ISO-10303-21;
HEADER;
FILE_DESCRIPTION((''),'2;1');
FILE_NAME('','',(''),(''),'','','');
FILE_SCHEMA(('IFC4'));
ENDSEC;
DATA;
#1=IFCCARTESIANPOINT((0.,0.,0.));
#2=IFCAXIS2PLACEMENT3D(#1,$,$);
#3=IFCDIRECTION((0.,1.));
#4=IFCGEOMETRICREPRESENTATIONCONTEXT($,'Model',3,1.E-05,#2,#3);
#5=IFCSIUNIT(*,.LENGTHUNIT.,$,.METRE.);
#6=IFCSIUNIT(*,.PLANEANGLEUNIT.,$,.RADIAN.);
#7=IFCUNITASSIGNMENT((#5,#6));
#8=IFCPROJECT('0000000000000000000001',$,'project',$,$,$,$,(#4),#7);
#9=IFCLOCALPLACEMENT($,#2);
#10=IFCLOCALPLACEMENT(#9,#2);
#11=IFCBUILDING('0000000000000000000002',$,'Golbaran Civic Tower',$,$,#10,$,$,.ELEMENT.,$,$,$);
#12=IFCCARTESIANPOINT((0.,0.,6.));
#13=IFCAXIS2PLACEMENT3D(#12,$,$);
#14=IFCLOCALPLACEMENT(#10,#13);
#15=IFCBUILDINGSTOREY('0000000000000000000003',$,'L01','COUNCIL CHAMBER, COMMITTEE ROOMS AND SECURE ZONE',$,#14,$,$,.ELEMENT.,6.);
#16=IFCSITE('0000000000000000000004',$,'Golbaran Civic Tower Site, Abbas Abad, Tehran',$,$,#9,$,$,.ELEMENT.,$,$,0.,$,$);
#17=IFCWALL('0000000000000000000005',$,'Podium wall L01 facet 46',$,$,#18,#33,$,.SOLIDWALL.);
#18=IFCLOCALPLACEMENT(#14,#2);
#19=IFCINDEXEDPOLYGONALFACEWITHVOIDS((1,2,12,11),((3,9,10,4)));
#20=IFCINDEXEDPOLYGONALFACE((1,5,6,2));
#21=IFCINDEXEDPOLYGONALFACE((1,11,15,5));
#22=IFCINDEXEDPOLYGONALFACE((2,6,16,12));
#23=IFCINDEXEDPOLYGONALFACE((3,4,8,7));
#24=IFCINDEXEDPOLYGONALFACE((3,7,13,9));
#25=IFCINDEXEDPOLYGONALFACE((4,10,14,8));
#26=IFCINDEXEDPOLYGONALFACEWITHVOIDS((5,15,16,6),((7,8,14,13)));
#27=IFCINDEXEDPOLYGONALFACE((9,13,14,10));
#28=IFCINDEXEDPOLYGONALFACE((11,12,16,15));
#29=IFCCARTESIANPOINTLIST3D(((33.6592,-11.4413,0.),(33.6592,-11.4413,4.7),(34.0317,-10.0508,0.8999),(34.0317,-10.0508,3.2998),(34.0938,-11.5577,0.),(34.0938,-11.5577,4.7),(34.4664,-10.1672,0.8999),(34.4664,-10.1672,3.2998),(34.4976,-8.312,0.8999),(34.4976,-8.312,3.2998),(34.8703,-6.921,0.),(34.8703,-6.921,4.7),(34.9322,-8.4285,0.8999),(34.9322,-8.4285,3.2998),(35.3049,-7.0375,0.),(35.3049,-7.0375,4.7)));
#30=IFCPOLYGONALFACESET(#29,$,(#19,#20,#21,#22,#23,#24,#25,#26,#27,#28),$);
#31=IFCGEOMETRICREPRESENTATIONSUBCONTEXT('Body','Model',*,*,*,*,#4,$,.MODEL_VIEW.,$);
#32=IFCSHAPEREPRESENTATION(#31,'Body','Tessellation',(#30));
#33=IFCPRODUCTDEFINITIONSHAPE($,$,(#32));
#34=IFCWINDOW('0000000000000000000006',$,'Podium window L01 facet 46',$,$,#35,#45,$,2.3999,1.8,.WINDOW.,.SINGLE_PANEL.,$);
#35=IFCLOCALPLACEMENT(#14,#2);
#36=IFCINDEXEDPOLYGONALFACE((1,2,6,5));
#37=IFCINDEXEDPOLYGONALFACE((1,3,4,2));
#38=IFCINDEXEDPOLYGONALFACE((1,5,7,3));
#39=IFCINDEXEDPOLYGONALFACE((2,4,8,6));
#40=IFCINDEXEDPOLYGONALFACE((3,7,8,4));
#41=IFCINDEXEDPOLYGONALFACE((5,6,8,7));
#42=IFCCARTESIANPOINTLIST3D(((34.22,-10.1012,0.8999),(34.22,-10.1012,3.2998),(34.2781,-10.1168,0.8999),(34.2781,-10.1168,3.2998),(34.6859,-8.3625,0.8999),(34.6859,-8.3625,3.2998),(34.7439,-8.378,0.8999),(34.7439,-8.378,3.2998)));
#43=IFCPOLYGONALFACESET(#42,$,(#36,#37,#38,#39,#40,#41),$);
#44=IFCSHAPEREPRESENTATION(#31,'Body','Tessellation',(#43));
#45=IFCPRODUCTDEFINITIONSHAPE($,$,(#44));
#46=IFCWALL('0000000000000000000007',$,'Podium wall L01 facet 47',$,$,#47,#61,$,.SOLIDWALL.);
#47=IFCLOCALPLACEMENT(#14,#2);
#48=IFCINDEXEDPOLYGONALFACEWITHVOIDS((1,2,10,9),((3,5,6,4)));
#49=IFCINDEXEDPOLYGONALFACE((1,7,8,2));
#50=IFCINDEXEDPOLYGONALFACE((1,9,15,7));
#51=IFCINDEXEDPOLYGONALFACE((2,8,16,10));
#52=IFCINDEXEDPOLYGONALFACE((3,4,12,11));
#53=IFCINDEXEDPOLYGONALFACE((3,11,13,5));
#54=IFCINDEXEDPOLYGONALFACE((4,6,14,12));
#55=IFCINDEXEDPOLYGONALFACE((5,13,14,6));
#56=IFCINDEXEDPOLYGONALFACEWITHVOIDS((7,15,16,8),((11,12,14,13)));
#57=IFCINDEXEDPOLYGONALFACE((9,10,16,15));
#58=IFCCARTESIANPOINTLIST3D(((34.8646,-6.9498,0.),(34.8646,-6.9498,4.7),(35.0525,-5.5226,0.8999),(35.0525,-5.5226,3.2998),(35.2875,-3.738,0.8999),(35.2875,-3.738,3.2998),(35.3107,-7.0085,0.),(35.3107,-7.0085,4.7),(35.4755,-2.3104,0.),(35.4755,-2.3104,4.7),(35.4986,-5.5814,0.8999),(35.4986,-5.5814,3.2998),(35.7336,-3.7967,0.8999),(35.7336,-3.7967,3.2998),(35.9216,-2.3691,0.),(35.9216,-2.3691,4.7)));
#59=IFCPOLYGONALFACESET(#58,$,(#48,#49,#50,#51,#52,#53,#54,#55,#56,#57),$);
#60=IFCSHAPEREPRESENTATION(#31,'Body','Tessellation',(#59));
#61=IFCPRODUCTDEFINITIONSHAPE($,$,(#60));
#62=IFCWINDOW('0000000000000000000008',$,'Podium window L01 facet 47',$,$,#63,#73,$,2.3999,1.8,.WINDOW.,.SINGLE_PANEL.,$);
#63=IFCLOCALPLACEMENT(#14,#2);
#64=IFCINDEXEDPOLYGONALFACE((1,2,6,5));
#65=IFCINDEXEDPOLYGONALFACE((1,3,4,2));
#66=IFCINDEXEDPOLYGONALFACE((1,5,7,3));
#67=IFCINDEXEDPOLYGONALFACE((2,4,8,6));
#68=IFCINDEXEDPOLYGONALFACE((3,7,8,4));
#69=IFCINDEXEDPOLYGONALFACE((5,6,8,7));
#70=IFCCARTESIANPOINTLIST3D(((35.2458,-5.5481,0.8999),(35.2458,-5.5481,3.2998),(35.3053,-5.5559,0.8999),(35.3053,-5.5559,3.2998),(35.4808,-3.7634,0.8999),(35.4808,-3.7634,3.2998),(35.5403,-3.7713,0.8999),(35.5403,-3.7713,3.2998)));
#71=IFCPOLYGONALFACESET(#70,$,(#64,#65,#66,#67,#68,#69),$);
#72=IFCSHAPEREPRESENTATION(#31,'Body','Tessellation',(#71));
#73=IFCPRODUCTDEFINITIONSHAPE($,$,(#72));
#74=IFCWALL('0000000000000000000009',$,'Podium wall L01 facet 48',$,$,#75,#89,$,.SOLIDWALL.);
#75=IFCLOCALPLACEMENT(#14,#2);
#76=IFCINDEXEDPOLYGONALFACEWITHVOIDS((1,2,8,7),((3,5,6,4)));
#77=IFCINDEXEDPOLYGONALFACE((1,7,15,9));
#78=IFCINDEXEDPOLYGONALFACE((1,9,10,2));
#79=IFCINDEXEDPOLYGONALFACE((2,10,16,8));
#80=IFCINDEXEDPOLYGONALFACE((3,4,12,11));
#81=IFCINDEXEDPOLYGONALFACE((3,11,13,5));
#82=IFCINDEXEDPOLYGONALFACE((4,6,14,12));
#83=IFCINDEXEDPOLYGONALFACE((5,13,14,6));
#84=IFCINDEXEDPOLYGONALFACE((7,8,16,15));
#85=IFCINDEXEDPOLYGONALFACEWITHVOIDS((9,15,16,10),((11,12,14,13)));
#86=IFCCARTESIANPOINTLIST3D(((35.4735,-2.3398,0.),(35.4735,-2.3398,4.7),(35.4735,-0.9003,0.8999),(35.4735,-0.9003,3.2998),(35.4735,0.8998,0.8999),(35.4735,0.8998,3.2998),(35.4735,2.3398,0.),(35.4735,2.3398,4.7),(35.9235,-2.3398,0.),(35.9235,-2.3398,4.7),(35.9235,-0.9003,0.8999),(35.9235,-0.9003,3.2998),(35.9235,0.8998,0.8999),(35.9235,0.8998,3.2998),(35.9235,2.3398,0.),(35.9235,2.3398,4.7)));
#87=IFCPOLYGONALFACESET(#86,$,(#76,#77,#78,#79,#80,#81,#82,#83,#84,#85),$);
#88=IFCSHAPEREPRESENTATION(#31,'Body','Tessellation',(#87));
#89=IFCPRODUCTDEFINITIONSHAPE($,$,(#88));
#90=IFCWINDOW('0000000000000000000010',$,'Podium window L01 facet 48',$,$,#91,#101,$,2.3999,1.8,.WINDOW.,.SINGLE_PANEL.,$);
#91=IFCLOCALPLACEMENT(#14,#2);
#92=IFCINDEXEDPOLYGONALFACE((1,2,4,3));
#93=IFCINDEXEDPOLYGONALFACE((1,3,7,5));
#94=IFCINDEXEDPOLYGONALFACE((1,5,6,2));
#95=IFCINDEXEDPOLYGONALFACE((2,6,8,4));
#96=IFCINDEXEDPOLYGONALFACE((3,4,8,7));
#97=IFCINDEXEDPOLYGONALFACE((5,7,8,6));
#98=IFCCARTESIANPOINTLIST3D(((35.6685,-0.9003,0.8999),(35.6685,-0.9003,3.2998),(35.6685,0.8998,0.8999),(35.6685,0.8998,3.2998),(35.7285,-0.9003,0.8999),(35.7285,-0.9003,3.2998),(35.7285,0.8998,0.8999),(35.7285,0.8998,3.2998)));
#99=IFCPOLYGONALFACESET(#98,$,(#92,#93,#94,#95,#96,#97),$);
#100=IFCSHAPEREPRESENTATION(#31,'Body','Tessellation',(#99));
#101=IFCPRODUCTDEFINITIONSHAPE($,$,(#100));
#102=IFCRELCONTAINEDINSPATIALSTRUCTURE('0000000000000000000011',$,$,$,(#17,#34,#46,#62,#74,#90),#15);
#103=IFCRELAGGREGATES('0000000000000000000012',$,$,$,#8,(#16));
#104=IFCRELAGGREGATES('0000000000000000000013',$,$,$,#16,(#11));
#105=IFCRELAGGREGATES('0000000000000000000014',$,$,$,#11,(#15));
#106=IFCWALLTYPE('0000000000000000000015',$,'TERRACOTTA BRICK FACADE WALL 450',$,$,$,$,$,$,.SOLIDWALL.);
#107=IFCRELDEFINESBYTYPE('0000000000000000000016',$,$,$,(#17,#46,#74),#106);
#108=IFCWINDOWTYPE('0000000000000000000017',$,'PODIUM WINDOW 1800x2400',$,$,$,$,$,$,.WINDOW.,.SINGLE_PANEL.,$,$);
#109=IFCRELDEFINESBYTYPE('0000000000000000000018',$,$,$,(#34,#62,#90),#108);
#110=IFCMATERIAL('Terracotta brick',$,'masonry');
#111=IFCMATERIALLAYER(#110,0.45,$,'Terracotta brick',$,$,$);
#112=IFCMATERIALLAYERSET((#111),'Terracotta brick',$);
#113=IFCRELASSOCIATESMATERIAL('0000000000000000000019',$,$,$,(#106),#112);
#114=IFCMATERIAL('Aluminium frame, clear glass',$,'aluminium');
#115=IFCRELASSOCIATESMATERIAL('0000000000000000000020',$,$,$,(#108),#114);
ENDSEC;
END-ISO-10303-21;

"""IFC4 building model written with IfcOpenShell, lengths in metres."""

from ifc_helpers import new_model, si_unit, direction, frame, frame_2d, origin, place, context, subcontext, project, spatial, rectangle, extrude, material, layer, layer_set, type_object, element, fill, save


model = new_model("IFC4")

# Units and contexts
model_context = context("Model", 3, precision=1e-05, world=origin(), true_north=direction((0.0, 1.0)))
body_context = subcontext(model_context, "Body", "Model", "MODEL_VIEW")
ifc_project = project(units=[si_unit("LENGTHUNIT", "METRE"), si_unit("PLANEANGLEUNIT", "RADIAN")], contexts=[model_context])

# Site, building, storey
site_placement = place(None, origin())
site = spatial("IfcSite", under=ifc_project, at=site_placement, Name="Golbaran Civic Tower Site, Abbas Abad, Tehran", CompositionType="ELEMENT", RefElevation=0.0)
building_placement = place(site_placement, origin())
building = spatial("IfcBuilding", under=site, at=building_placement, Name="Golbaran Civic Tower", CompositionType="ELEMENT")
storey_placement = place(building_placement, frame((0.0, 0.0, 6.0)))
storey = spatial("IfcBuildingStorey", under=building, at=storey_placement, Name="L01", Description="COUNCIL CHAMBER, COMMITTEE ROOMS AND SECURE ZONE", CompositionType="ELEMENT", Elevation=6.0)

# Walls, openings, windows
ifc_material_1 = material(Name="Terracotta brick", Category="masonry")
ifc_layer_1 = layer(ifc_material_1, 0.45, Name="Terracotta brick")
ifc_layer_set_1 = layer_set([ifc_layer_1], Name="Terracotta brick")
wall_type_1 = type_object("IfcWallType", Name="TERRACOTTA BRICK FACADE WALL 450", PredefinedType="SOLIDWALL", material=ifc_layer_set_1)
ifc_material_2 = material(Name="Aluminium frame, clear glass", Category="aluminium")
window_type = type_object("IfcWindowType", Name="PODIUM WINDOW 1800x2400", PartitioningType="SINGLE_PANEL", PredefinedType="WINDOW", material=ifc_material_2)
wall_1_placement = place(storey_placement, frame((33.8765, -11.4995, 0.0), z_axis=(0.0, 0.0, 1.0), x_axis=(0.258815, 0.965927, 0.0)))
wall_1 = element("IfcWall", 1, at=wall_1_placement, inside=storey, type_object=wall_type_1, Name="Podium wall L01 facet 46", PredefinedType="SOLIDWALL", context=body_context, shape_type="SweptSolid", body=[
    extrude(rectangle(XDim=4.6797, YDim=0.45, at=frame_2d((2.3398, 0.0))), origin(), (0.0, 0.0, 1.0), 4.7),
])
opening_1_placement = place(wall_1_placement, frame((1.4397, 0.0, 0.8999)))
opening_1 = element("IfcOpeningElement", 2, at=opening_1_placement, cuts=wall_1, PredefinedType="OPENING", context=body_context, shape_type="SweptSolid", body=[
    extrude(rectangle(XDim=1.8, YDim=2.3999, at=frame_2d((0.8999, 1.2))), frame((0.0, 0.2349, 0.0), z_axis=(0.0, -1.0, 0.0), x_axis=(1.0, 0.0, 0.0)), (0.0, 0.0, 1.0), 0.47),
])
window_1_placement = place(opening_1_placement, origin())
window_1 = element("IfcWindow", 3, at=window_1_placement, inside=storey, type_object=window_type, Name="Podium window L01 facet 46", OverallHeight=2.3999, OverallWidth=1.8, PartitioningType="SINGLE_PANEL", PredefinedType="WINDOW", context=body_context, shape_type="SweptSolid", body=[
    extrude(rectangle(XDim=1.8, YDim=2.3999, at=frame_2d((0.8999, 1.2))), frame((0.0, 0.03, 0.0), z_axis=(0.0, -1.0, 0.0), x_axis=(1.0, 0.0, 0.0)), (0.0, 0.0, 1.0), 0.0601),
])
fill(opening_1, window_1)
wall_2_placement = place(storey_placement, frame((35.0876, -6.9792, 0.0), z_axis=(0.0, 0.0, 1.0), x_axis=(0.130537, 0.991443, 0.0)))
wall_2 = element("IfcWall", 4, at=wall_2_placement, inside=storey, type_object=wall_type_1, Name="Podium wall L01 facet 47", PredefinedType="SOLIDWALL", context=body_context, shape_type="SweptSolid", body=[
    extrude(rectangle(XDim=4.6794, YDim=0.45, at=frame_2d((2.3398, 0.0))), origin(), (0.0, 0.0, 1.0), 4.7),
])
opening_2_placement = place(wall_2_placement, frame((1.4397, 0.0, 0.8999)))
opening_2 = element("IfcOpeningElement", 5, at=opening_2_placement, cuts=wall_2, PredefinedType="OPENING", context=body_context, shape_type="SweptSolid", body=[
    extrude(rectangle(XDim=1.8, YDim=2.3999, at=frame_2d((0.8999, 1.2))), frame((0.0, 0.2349, 0.0), z_axis=(0.0, -1.0, 0.0), x_axis=(1.0, 0.0, 0.0)), (0.0, 0.0, 1.0), 0.47),
])
window_2_placement = place(opening_2_placement, origin())
window_2 = element("IfcWindow", 6, at=window_2_placement, inside=storey, type_object=window_type, Name="Podium window L01 facet 47", OverallHeight=2.3999, OverallWidth=1.8, PartitioningType="SINGLE_PANEL", PredefinedType="WINDOW", context=body_context, shape_type="SweptSolid", body=[
    extrude(rectangle(XDim=1.8, YDim=2.3999, at=frame_2d((0.8999, 1.2))), frame((0.0, 0.03, 0.0), z_axis=(0.0, -1.0, 0.0), x_axis=(1.0, 0.0, 0.0)), (0.0, 0.0, 1.0), 0.0601),
])
fill(opening_2, window_2)
wall_3_placement = place(storey_placement, frame((35.6985, -2.3398, 0.0), z_axis=(0.0, 0.0, 1.0), x_axis=(0.0, 1.0, 0.0)))
wall_3 = element("IfcWall", 7, at=wall_3_placement, inside=storey, type_object=wall_type_1, Name="Podium wall L01 facet 48", PredefinedType="SOLIDWALL", context=body_context, shape_type="SweptSolid", body=[
    extrude(rectangle(XDim=4.6797, YDim=0.45, at=frame_2d((2.3398, 0.0))), origin(), (0.0, 0.0, 1.0), 4.7),
])
opening_3_placement = place(wall_3_placement, frame((1.4397, 0.0, 0.8999)))
opening_3 = element("IfcOpeningElement", 8, at=opening_3_placement, cuts=wall_3, PredefinedType="OPENING", context=body_context, shape_type="SweptSolid", body=[
    extrude(rectangle(XDim=1.8, YDim=2.3999, at=frame_2d((0.8999, 1.2))), frame((0.0, 0.2349, 0.0), z_axis=(0.0, -1.0, 0.0), x_axis=(1.0, 0.0, 0.0)), (0.0, 0.0, 1.0), 0.47),
])
window_3_placement = place(opening_3_placement, origin())
window_3 = element("IfcWindow", 9, at=window_3_placement, inside=storey, type_object=window_type, Name="Podium window L01 facet 48", OverallHeight=2.3999, OverallWidth=1.8, PartitioningType="SINGLE_PANEL", PredefinedType="WINDOW", context=body_context, shape_type="SweptSolid", body=[
    extrude(rectangle(XDim=1.8, YDim=2.3999, at=frame_2d((0.8999, 1.2))), frame((0.0, 0.03, 0.0), z_axis=(0.0, -1.0, 0.0), x_axis=(1.0, 0.0, 0.0)), (0.0, 0.0, 1.0), 0.0601),
])
fill(opening_3, window_3)

save(model, "model.ifc")
